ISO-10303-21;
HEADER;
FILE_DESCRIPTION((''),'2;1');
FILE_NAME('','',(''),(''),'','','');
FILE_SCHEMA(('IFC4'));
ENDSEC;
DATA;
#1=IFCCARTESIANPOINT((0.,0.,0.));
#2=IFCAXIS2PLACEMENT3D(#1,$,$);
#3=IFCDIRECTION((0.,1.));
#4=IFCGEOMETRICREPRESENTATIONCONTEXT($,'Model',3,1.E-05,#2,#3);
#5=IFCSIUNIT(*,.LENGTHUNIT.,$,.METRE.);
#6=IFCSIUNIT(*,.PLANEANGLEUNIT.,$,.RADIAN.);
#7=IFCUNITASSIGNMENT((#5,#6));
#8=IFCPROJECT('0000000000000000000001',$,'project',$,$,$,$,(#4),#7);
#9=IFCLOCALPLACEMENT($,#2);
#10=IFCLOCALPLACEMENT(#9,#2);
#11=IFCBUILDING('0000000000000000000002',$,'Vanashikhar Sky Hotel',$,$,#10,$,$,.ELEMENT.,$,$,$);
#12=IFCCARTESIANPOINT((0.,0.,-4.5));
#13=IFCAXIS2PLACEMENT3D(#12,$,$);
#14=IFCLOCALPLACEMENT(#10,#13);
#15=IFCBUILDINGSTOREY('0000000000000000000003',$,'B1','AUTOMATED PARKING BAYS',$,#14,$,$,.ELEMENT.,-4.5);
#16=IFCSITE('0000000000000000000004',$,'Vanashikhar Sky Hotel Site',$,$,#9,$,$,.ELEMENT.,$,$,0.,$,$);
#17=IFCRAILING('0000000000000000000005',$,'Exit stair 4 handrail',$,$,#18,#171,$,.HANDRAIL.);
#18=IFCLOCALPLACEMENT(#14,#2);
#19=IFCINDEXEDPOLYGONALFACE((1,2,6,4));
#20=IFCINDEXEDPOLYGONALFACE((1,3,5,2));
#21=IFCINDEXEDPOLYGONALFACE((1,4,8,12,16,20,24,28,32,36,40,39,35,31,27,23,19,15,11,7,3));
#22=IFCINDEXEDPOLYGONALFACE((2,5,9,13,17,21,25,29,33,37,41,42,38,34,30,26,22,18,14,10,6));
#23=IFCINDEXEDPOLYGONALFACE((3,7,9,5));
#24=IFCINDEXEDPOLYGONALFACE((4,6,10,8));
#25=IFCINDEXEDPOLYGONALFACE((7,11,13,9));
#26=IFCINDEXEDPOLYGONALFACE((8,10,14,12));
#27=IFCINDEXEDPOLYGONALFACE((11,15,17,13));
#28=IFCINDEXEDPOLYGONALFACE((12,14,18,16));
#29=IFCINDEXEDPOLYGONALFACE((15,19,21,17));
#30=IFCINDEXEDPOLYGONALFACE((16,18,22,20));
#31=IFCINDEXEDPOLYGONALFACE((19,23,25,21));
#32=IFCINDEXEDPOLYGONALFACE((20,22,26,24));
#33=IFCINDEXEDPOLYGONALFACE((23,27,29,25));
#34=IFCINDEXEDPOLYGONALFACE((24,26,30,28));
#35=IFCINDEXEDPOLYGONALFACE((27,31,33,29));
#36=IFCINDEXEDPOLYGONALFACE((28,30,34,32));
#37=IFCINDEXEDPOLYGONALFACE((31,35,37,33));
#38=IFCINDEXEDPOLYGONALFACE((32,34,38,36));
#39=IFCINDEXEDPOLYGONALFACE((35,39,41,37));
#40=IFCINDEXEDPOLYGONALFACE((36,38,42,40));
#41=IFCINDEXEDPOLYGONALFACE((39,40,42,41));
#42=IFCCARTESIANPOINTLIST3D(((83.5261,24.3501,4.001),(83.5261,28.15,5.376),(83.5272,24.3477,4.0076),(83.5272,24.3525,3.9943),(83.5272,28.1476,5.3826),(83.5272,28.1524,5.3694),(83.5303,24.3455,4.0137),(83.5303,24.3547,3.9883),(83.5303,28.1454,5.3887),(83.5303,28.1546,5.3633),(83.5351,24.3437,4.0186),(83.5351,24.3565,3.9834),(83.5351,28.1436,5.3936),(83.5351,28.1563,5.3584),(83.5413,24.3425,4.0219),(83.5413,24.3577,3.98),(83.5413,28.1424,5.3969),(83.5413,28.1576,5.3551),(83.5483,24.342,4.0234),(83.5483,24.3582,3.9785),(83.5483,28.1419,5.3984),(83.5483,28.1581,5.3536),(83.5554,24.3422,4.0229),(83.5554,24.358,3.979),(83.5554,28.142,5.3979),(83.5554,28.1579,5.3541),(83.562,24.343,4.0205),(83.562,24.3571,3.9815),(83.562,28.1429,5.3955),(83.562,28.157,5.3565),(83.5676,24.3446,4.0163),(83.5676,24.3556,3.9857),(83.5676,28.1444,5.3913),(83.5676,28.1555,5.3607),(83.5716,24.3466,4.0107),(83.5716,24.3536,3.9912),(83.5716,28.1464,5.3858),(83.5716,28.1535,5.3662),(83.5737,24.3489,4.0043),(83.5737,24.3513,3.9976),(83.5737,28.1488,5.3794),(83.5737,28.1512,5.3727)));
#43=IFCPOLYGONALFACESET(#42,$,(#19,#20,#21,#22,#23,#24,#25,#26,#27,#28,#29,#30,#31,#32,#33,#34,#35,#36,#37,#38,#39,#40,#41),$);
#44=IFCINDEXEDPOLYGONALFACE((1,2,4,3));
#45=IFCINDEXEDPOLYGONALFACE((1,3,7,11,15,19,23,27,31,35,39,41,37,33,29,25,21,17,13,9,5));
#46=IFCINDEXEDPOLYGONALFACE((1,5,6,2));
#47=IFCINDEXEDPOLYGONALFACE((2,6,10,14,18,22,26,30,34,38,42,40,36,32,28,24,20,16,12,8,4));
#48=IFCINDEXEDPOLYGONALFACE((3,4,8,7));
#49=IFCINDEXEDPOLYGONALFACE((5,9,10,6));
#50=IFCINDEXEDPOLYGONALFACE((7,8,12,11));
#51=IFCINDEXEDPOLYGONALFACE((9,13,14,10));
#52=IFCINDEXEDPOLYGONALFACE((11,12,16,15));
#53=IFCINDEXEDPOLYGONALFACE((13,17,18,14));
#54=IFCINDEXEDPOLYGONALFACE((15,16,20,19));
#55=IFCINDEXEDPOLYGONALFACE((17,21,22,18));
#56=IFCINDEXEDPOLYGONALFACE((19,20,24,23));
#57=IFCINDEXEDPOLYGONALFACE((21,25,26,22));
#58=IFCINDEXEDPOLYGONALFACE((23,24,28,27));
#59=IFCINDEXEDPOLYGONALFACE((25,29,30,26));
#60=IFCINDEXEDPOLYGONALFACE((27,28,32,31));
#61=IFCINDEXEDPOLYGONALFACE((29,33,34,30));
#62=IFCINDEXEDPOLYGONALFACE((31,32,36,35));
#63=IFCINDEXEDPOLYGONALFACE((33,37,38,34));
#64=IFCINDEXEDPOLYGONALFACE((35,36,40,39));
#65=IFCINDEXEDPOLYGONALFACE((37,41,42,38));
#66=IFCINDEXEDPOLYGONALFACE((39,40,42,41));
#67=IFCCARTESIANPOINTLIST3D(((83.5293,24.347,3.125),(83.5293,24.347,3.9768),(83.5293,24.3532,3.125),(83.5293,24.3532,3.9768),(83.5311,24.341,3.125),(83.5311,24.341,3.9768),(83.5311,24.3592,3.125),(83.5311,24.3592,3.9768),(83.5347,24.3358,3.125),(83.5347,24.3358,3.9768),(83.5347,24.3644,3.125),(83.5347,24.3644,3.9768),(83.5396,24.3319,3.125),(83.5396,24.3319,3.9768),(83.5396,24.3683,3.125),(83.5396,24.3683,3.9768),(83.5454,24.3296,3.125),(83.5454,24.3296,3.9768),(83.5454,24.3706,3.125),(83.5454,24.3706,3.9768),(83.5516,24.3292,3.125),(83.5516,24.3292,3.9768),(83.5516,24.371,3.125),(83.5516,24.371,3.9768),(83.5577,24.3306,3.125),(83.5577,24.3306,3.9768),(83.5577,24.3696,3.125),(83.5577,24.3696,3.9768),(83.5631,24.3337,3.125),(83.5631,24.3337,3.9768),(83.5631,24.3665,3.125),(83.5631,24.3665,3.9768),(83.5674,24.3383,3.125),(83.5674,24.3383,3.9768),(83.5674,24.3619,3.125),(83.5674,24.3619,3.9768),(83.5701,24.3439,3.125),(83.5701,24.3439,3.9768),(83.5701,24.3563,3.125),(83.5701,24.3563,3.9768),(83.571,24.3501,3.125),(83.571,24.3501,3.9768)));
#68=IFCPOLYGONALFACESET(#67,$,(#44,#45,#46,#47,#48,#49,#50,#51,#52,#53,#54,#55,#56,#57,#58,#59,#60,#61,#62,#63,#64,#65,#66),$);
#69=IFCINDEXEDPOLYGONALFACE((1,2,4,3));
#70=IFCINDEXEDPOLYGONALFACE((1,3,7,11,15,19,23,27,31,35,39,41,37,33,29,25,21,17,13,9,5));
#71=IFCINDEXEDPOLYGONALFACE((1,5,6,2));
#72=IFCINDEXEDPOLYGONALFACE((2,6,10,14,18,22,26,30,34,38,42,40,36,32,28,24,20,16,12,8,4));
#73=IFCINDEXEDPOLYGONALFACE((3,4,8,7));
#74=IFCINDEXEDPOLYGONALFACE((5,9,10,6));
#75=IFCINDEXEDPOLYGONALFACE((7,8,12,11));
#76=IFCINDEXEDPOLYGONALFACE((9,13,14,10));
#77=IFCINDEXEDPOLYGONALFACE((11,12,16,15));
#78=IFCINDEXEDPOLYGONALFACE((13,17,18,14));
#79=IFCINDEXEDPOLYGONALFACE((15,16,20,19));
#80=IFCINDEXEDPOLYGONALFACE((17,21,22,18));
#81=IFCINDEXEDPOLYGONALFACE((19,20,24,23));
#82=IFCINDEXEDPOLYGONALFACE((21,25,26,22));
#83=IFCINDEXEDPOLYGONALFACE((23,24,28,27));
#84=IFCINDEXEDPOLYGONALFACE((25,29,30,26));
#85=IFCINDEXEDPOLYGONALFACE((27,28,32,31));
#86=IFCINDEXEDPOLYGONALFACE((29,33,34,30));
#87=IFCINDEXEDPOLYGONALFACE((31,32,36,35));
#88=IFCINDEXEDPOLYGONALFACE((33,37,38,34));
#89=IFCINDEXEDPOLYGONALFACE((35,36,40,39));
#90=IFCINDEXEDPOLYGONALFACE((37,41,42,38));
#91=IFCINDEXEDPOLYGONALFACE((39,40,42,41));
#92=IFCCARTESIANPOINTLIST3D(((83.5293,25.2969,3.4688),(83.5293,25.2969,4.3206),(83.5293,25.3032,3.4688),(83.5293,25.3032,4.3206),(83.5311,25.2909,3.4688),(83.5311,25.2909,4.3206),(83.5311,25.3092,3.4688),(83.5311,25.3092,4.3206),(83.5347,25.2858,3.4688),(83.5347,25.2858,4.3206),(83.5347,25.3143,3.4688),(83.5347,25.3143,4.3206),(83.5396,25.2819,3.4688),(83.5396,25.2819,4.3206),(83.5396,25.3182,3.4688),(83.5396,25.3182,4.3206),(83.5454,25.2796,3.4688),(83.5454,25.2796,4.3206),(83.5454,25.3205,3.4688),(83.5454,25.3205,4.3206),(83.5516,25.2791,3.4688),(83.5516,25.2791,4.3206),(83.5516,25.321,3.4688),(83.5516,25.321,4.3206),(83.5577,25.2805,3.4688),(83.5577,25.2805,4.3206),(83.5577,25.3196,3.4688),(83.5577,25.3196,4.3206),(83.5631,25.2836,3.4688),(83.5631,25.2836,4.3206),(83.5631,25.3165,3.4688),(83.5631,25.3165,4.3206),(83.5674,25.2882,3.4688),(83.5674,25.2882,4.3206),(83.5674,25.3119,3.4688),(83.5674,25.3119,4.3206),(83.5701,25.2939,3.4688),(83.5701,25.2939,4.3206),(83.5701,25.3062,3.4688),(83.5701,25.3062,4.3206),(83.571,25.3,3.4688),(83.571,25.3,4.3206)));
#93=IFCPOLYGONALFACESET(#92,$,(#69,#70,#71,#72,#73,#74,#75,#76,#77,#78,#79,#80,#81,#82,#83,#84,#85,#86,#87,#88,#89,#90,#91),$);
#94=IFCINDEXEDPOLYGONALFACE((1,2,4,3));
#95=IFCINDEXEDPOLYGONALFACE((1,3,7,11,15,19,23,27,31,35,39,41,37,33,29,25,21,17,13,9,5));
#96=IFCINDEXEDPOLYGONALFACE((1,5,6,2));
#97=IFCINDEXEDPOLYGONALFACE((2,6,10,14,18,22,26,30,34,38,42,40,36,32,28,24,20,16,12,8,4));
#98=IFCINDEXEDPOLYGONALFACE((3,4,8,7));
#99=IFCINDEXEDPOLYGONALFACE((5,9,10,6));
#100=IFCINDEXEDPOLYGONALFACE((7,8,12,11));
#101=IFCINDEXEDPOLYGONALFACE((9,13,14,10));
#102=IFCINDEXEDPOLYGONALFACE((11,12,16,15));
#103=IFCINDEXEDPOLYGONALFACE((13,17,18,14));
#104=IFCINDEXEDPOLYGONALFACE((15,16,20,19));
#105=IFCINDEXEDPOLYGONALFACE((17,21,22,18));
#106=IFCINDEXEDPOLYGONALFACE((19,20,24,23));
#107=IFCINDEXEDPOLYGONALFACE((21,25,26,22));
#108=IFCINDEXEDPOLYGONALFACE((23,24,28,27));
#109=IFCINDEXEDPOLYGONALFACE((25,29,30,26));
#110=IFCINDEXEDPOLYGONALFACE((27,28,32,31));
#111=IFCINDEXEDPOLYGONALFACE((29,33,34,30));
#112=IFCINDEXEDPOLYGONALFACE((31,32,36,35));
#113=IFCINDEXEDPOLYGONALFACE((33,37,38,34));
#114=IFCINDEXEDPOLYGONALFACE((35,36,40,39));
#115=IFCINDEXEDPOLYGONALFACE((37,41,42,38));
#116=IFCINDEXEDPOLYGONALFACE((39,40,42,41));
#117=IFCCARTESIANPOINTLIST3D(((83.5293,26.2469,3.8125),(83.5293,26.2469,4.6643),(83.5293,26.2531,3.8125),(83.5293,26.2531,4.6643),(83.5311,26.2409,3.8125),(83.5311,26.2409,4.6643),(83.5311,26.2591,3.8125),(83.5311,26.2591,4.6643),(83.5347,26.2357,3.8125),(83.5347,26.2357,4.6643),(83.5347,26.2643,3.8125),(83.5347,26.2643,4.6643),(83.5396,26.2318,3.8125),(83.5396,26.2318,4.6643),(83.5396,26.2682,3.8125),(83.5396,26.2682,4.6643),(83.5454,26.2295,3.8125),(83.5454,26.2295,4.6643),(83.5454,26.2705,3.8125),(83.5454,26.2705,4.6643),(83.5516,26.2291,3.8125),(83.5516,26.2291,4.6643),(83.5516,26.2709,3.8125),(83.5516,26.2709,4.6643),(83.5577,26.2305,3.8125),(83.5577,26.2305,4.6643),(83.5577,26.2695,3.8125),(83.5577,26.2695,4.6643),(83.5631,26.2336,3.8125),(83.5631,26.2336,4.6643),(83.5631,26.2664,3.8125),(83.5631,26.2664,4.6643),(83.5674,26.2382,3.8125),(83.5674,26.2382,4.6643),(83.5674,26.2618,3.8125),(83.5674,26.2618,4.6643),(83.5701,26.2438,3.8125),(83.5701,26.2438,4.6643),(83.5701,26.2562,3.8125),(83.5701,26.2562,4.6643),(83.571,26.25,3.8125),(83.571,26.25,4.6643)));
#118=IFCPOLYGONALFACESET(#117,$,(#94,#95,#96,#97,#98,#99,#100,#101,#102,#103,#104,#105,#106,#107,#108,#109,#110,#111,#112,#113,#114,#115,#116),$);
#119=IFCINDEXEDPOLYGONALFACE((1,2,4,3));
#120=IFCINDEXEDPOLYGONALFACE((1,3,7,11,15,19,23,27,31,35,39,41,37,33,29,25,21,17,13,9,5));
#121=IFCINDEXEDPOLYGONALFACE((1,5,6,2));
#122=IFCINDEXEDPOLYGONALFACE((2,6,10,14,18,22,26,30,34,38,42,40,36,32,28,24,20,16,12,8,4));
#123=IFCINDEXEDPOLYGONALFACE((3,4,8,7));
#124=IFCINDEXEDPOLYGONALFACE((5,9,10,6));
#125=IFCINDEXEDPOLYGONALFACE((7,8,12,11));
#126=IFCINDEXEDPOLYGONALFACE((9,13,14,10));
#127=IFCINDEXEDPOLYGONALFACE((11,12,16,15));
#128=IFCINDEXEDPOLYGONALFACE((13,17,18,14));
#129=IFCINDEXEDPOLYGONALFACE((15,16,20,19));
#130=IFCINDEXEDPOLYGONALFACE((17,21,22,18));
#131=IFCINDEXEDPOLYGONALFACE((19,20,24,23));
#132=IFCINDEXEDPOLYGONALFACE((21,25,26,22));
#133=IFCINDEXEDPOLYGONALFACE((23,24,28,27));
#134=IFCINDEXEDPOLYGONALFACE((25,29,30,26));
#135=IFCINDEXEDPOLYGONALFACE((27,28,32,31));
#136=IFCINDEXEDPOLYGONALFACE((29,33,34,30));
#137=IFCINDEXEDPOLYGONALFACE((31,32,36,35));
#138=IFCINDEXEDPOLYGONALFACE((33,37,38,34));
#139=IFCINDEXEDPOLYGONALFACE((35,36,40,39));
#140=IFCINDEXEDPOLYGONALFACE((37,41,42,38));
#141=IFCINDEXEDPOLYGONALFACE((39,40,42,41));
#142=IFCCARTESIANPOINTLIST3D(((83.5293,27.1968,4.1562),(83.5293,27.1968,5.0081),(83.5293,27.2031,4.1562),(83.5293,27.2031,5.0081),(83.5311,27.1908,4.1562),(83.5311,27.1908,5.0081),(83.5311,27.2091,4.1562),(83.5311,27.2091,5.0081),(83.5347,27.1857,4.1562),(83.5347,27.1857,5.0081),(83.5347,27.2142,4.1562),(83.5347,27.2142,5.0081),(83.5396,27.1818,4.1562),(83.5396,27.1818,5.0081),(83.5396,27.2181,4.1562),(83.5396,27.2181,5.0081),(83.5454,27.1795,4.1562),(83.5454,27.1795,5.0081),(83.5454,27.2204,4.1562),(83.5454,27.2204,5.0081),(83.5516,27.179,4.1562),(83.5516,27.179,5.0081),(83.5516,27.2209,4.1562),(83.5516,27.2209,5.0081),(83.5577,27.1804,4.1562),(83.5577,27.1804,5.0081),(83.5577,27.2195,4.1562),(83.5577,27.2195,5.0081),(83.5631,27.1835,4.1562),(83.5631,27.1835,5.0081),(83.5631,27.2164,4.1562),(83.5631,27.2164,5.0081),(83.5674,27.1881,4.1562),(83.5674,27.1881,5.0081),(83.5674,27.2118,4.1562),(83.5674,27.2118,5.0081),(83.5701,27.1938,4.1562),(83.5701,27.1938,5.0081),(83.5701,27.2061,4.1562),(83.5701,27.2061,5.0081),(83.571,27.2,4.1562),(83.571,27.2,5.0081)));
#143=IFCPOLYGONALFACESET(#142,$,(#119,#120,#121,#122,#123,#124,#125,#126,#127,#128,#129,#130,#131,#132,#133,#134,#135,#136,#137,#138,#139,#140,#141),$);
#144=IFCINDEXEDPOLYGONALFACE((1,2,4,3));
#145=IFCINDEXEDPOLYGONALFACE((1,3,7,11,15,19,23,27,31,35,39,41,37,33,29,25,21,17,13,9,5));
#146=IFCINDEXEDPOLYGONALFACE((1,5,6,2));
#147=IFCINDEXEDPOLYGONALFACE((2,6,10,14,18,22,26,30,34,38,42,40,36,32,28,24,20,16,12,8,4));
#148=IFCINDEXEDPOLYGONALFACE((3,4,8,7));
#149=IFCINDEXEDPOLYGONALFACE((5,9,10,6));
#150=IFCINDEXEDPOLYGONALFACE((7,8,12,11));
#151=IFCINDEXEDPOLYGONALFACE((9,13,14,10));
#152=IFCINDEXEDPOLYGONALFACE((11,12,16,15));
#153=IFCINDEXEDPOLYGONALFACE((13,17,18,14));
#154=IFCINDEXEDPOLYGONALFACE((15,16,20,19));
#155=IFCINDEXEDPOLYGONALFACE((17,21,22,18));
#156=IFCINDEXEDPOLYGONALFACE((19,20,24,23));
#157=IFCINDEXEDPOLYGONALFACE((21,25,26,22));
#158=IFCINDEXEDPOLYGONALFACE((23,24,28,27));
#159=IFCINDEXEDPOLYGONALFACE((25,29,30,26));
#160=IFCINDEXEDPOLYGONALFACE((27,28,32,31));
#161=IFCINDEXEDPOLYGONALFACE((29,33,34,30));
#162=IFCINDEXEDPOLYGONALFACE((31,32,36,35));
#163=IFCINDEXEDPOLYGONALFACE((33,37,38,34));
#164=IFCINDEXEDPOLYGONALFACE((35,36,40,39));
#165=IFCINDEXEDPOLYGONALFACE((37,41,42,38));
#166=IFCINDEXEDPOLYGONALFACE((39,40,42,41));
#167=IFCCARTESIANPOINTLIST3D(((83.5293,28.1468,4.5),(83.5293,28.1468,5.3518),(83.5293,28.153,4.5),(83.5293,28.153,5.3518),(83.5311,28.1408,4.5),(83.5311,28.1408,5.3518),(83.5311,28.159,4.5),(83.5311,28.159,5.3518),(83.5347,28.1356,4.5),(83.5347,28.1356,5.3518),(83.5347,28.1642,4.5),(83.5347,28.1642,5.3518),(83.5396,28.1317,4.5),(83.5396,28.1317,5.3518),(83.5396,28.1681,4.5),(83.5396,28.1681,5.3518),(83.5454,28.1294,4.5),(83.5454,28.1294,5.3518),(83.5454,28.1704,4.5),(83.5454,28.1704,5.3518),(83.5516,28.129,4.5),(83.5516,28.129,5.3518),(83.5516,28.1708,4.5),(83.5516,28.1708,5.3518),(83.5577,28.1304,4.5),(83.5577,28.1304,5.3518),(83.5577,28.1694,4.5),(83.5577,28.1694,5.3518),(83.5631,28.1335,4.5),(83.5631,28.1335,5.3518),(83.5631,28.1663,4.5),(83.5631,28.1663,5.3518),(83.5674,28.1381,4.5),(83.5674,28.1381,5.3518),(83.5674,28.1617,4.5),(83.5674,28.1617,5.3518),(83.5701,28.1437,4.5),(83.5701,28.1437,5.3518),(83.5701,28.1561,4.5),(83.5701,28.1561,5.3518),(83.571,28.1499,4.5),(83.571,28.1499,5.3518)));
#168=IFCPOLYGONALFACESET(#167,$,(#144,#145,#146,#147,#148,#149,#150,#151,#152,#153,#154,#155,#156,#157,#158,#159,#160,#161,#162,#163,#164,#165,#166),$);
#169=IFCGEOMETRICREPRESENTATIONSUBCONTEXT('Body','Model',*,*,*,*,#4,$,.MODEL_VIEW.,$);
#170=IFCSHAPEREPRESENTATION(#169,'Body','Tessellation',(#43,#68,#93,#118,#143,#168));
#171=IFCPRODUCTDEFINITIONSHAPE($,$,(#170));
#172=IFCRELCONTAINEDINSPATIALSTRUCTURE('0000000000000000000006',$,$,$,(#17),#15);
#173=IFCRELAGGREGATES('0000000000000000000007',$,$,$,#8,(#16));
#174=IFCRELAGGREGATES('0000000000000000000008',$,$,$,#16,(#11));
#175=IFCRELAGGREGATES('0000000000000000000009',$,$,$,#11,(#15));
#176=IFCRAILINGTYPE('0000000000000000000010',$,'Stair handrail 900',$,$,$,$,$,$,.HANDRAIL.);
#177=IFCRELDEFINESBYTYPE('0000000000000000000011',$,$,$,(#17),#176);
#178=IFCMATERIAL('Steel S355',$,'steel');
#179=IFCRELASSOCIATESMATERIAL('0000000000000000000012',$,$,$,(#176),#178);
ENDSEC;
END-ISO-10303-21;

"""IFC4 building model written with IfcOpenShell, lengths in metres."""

from ifc_helpers import new_model, si_unit, direction, frame, origin, origin_2d, place, context, subcontext, project, spatial, circle, extrude, source, transform, mapped, material, type_object, element, save


model = new_model("IFC4")

# Units and contexts
model_context = context("Model", 3, precision=1e-05, world=origin(), true_north=direction((0.0, 1.0)))
body_context = subcontext(model_context, "Body", "Model", "MODEL_VIEW")
ifc_project = project(units=[si_unit("LENGTHUNIT", "METRE"), si_unit("PLANEANGLEUNIT", "RADIAN")], contexts=[model_context])

# Site, building, storey
site_placement = place(None, origin())
site = spatial("IfcSite", under=ifc_project, at=site_placement, Name="Vanashikhar Sky Hotel Site", CompositionType="ELEMENT", RefElevation=0.0)
building_placement = place(site_placement, origin())
building = spatial("IfcBuilding", under=site, at=building_placement, Name="Vanashikhar Sky Hotel", CompositionType="ELEMENT")
storey_placement = place(building_placement, frame((0.0, 0.0, -4.5)))
storey = spatial("IfcBuildingStorey", under=building, at=storey_placement, Name="B1", Description="AUTOMATED PARKING BAYS", CompositionType="ELEMENT", Elevation=-4.5)

# Railing
ifc_material_1 = material(Name="Steel S355", Category="steel")
railing_type_1 = type_object("IfcRailingType", Name="Stair handrail 900", PredefinedType="HANDRAIL", material=ifc_material_1)
shared_shape_1 = source(origin(), body_context, "Body", "SweptSolid", [
    extrude(circle(Radius=0.0239, at=origin_2d()), frame((0.0, 0.0, 0.876), z_axis=(0.0, 0.940329, 0.340268), x_axis=(-1.0, 0.0, 0.0)), (0.0, 0.0, 1.0), 4.041),
    extrude(circle(Radius=0.021, at=origin_2d()), origin(), (0.0, 0.0, 1.0), 0.8518),
    extrude(circle(Radius=0.021, at=origin_2d()), frame((0.0, 0.95, 0.3438)), (0.0, 0.0, 1.0), 0.8518),
    extrude(circle(Radius=0.021, at=origin_2d()), frame((0.0, 1.8999, 0.6875)), (0.0, 0.0, 1.0), 0.8518),
    extrude(circle(Radius=0.021, at=origin_2d()), frame((0.0, 2.8499, 1.0312)), (0.0, 0.0, 1.0), 0.8518),
    extrude(circle(Radius=0.021, at=origin_2d()), frame((0.0, 3.7998, 1.375)), (0.0, 0.0, 1.0), 0.8518),
])
for number, where, name in (
    (1, (83.55, 24.3501, 3.125), "Exit stair 4 handrail"),
):
    element("IfcRailing", number, at=place(storey_placement, frame(where)), inside=storey, type_object=railing_type_1, Name=name, PredefinedType="HANDRAIL", context=body_context, shape_type="MappedRepresentation", body=[
        mapped(shared_shape_1, transform((0.0, 0.0, 0.0), scale=1.0)),
    ])

save(model, "model.ifc")
